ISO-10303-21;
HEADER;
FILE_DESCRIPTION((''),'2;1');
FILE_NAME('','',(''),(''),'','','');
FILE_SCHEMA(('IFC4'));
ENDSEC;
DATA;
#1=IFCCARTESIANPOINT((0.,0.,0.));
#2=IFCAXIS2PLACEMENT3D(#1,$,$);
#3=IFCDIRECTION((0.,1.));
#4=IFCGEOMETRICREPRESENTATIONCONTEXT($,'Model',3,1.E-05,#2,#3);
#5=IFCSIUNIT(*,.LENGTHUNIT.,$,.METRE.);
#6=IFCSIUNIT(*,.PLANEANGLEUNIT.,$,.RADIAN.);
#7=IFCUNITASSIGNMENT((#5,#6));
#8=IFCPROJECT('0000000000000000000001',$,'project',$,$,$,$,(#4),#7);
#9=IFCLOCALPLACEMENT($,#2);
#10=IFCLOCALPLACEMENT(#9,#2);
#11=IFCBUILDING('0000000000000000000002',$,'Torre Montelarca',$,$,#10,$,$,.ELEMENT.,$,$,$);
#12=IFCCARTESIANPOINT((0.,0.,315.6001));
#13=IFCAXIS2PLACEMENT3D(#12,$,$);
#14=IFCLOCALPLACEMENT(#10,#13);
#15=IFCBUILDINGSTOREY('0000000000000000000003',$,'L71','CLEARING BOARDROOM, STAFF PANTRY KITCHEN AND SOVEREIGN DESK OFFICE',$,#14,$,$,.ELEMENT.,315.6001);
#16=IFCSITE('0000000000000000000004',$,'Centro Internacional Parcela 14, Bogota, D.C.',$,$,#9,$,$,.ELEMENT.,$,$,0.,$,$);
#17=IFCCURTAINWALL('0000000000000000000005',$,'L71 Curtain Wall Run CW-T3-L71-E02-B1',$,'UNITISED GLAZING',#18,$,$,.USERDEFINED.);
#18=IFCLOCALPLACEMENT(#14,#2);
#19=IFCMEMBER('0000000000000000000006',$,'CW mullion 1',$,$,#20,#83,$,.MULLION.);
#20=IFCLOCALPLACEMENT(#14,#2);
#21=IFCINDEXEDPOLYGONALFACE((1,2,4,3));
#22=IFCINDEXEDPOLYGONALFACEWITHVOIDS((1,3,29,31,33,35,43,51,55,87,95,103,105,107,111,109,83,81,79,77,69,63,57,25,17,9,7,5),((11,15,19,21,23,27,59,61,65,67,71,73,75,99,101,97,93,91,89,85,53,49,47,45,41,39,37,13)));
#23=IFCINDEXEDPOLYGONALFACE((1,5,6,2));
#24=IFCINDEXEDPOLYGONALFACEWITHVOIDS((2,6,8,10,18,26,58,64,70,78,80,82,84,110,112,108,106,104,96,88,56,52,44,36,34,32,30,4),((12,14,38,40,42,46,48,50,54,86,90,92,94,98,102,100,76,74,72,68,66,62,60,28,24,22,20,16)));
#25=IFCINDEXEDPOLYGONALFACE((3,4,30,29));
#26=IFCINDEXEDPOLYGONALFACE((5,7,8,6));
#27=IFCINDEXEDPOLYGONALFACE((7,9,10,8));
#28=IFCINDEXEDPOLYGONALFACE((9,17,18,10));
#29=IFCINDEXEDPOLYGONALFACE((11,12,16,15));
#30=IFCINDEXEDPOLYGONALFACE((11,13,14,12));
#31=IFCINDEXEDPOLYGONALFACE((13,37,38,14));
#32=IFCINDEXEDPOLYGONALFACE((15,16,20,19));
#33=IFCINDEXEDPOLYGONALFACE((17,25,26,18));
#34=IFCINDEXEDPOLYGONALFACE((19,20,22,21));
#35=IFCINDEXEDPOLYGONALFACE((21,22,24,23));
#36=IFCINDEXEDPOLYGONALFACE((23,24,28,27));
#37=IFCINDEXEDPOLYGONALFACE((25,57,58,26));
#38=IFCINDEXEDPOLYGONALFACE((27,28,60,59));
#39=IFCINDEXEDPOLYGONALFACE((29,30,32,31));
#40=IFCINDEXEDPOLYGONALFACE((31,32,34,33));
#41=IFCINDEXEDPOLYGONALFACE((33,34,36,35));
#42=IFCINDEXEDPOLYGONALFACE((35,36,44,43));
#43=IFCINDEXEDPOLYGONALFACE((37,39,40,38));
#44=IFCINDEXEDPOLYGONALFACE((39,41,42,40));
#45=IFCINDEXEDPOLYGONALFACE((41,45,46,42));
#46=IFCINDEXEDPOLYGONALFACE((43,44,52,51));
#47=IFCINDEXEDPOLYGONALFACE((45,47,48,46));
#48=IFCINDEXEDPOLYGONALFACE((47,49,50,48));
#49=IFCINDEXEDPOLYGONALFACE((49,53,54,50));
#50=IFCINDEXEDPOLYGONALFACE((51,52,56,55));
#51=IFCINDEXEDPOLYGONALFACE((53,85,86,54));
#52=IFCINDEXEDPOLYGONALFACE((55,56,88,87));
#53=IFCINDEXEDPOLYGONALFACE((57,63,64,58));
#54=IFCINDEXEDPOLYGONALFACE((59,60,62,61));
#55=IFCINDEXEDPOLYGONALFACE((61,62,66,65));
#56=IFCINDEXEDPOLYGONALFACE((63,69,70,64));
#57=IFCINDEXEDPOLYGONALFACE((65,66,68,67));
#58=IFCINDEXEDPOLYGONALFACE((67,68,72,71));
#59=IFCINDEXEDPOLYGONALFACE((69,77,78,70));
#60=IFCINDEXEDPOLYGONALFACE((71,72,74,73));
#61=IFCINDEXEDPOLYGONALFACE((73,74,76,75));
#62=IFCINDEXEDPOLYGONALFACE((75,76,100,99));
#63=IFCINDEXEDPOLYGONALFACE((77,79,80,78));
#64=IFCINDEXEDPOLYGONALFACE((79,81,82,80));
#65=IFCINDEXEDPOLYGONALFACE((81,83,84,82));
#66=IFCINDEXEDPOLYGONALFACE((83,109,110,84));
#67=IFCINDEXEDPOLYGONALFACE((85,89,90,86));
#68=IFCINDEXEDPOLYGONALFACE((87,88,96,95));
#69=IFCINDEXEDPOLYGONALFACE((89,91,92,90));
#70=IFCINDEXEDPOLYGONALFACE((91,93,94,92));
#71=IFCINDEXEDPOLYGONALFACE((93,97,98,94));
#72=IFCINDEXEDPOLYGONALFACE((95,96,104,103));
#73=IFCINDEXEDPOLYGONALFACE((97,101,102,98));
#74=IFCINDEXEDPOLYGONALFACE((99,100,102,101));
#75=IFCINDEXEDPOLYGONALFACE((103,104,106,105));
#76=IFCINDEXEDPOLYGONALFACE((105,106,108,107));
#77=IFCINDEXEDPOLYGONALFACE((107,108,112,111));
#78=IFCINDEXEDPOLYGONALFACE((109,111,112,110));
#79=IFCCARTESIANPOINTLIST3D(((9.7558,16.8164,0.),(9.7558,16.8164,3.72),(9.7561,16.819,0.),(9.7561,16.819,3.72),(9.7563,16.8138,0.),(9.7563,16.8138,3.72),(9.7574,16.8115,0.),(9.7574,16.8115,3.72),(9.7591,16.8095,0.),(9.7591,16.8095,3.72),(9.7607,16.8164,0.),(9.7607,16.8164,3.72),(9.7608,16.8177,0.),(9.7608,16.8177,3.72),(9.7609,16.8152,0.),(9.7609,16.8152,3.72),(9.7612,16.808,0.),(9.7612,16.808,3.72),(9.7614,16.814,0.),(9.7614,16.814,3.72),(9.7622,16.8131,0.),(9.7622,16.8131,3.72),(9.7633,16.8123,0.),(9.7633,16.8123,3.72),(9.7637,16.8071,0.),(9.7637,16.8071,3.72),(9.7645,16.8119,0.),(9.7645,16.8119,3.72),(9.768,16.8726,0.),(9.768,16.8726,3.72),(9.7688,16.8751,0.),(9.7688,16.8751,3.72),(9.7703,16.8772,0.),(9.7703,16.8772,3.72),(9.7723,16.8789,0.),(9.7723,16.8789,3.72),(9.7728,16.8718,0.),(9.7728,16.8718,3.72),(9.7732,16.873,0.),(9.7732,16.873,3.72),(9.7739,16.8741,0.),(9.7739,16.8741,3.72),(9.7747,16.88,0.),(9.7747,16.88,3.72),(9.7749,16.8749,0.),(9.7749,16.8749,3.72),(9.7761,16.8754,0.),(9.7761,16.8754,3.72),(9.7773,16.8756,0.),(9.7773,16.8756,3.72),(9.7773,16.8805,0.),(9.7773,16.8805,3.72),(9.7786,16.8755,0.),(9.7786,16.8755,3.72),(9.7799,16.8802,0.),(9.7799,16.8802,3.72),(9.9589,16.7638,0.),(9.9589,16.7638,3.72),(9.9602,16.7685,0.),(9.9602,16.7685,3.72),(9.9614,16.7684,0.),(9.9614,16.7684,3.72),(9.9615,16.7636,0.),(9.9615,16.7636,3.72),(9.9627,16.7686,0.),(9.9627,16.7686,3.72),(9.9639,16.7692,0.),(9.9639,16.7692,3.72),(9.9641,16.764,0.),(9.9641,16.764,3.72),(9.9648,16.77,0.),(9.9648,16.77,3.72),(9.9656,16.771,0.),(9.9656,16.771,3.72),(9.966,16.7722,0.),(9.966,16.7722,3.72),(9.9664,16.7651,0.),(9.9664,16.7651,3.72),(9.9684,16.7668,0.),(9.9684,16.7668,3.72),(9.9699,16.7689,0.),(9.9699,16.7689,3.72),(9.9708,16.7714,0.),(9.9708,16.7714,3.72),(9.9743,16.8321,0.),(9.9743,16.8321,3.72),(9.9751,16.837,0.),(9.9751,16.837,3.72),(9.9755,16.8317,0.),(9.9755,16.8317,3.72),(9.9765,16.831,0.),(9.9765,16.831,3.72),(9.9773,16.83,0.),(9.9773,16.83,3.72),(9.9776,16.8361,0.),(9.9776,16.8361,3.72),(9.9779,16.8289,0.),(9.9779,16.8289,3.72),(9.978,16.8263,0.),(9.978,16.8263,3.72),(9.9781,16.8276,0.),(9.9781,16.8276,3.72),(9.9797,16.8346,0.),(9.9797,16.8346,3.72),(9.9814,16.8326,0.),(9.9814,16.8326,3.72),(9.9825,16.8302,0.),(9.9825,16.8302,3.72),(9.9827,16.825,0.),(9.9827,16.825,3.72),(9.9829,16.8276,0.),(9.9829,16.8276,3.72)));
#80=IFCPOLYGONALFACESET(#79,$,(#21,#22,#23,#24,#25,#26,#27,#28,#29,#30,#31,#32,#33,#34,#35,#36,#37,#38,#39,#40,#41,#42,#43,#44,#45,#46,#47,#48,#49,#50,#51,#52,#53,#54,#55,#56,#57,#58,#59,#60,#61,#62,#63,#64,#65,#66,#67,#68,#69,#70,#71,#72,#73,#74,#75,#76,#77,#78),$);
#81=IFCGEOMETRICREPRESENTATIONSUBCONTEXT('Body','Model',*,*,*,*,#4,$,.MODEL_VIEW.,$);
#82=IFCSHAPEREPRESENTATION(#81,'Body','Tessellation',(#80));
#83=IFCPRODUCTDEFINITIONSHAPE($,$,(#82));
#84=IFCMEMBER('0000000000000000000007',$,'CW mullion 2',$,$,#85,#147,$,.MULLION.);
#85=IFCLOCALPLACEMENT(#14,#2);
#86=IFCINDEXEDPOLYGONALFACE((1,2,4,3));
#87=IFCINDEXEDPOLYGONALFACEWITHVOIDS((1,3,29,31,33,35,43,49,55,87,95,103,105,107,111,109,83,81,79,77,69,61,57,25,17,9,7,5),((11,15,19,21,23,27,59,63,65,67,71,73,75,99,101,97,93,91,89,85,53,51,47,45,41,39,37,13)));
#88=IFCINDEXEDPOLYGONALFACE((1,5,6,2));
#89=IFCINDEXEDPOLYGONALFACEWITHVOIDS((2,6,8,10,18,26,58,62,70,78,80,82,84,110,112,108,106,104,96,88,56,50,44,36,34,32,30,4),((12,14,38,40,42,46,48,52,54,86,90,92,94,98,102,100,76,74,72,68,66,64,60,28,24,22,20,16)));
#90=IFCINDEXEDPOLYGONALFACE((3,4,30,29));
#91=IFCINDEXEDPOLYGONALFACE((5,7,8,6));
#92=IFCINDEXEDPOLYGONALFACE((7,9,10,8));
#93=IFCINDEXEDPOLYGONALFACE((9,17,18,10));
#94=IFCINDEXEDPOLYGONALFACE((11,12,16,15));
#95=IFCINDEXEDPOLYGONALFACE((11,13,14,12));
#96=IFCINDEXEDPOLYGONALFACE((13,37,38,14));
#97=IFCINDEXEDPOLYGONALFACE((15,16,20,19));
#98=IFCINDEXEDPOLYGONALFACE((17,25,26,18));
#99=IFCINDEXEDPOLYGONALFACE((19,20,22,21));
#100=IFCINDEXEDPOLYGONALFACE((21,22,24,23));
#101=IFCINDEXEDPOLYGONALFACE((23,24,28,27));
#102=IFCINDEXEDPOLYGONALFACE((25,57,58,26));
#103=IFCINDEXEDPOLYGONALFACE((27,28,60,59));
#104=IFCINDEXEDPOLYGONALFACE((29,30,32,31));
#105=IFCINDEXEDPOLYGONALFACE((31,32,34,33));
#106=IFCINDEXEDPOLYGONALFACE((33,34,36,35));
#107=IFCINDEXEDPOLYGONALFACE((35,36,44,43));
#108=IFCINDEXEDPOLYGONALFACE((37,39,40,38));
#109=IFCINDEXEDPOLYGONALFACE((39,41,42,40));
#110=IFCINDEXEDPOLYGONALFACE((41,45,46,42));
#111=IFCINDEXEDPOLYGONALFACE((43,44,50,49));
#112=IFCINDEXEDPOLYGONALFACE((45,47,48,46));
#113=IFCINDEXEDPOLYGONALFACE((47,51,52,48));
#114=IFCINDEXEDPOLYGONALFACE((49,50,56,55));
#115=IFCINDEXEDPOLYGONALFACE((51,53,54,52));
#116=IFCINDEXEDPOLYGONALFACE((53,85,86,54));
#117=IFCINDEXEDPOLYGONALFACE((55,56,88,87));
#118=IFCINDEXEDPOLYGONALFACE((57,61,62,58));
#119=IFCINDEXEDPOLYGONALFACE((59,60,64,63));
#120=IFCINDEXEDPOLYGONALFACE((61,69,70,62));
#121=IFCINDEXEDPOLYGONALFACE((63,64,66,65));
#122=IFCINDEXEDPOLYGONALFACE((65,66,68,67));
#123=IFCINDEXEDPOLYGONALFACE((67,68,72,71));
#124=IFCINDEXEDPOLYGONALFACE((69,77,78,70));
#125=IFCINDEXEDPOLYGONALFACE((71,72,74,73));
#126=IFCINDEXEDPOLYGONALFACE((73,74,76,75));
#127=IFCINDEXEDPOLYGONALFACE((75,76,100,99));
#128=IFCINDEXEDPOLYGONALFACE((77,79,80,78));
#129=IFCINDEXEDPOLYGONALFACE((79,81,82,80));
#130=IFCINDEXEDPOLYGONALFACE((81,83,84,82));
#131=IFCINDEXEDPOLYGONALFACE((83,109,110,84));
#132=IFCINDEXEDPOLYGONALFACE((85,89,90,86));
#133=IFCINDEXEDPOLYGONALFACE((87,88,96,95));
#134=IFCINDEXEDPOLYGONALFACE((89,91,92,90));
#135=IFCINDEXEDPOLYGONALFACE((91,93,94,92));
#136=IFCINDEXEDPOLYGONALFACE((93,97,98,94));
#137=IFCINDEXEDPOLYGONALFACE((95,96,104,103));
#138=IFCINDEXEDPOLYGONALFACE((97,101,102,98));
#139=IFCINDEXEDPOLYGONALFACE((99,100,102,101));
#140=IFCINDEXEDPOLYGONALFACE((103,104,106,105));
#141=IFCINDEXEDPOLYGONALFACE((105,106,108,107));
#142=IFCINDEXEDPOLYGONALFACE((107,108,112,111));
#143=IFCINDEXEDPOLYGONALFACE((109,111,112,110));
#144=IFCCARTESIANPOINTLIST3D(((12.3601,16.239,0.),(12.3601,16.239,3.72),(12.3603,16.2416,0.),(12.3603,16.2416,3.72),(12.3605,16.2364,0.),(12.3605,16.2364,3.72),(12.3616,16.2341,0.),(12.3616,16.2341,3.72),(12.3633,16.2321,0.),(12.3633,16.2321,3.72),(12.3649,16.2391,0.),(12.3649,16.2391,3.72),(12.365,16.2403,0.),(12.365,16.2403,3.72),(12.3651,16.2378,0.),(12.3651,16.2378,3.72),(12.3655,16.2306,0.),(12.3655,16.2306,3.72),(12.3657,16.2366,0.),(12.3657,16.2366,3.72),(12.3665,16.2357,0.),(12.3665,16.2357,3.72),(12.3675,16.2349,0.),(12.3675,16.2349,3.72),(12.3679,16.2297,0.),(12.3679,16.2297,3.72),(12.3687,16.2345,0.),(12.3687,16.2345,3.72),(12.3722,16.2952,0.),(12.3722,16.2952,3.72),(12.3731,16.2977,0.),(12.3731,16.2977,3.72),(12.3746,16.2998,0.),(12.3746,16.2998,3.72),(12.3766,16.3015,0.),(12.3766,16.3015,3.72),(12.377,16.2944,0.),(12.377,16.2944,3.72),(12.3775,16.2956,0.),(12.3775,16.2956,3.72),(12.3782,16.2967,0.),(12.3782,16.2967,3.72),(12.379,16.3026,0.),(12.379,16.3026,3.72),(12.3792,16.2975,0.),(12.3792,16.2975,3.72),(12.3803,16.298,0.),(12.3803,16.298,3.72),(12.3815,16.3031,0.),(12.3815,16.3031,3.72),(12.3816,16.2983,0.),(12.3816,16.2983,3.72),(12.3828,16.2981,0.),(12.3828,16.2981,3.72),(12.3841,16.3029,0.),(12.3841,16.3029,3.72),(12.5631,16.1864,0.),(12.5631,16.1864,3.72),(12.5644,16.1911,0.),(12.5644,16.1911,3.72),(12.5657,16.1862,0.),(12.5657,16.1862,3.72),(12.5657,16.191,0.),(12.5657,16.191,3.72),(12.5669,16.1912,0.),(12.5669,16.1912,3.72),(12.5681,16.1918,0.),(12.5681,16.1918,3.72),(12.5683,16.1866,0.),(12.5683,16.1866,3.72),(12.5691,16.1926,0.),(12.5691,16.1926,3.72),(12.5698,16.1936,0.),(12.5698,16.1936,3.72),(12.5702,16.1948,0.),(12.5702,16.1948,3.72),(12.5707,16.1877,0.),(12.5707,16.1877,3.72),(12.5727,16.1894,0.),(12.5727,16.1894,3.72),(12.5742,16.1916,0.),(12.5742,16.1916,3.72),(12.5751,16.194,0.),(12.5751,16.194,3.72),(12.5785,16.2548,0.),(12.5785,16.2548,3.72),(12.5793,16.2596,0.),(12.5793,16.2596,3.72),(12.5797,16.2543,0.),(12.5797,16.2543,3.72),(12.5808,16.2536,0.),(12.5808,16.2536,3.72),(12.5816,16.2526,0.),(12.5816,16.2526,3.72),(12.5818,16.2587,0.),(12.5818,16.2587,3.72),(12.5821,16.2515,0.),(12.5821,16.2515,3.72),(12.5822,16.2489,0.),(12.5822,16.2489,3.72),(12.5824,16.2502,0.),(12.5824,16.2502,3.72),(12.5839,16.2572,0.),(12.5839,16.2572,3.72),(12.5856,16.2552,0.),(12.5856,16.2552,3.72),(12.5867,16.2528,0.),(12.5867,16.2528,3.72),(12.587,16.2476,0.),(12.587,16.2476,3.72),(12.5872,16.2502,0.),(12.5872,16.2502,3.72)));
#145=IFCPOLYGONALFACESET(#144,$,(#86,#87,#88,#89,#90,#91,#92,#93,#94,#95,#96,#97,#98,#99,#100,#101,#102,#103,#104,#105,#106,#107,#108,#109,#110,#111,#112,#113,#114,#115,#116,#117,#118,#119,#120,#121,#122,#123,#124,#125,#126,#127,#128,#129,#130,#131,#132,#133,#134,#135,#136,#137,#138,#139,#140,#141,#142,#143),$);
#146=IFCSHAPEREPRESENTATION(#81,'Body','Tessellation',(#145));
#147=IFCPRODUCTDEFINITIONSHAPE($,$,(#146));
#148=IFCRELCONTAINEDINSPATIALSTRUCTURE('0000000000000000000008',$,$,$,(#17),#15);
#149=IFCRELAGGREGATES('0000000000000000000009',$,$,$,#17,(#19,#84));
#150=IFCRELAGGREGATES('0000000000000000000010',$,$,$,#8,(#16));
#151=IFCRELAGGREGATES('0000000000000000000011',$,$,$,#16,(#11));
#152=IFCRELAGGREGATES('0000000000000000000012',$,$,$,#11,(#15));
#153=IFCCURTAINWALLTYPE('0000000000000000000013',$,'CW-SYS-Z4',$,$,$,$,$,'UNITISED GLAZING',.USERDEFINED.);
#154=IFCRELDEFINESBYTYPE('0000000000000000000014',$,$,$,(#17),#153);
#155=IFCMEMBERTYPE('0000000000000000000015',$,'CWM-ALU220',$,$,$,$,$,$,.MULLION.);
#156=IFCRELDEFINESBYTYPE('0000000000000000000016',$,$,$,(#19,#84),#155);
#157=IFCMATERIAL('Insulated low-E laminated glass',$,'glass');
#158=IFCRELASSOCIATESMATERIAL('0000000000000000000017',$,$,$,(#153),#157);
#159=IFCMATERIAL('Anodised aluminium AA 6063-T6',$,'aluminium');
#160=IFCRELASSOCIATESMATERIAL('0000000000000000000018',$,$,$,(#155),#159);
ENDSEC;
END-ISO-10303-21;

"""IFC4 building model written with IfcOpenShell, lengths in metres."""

from ifc_helpers import new_model, si_unit, direction, frame, origin, origin_2d, place, context, subcontext, project, spatial, hollow_rectangle, extrude, source, transform, mapped, material, material_profile, profile_set, type_object, element, aggregate, save


model = new_model("IFC4")

# Units and contexts
model_context = context("Model", 3, precision=1e-05, world=origin(), true_north=direction((0.0, 1.0)))
body_context = subcontext(model_context, "Body", "Model", "MODEL_VIEW")
ifc_project = project(units=[si_unit("LENGTHUNIT", "METRE"), si_unit("PLANEANGLEUNIT", "RADIAN")], contexts=[model_context])

# Site, building, storey
site_placement = place(None, origin())
site = spatial("IfcSite", under=ifc_project, at=site_placement, Name="Centro Internacional Parcela 14, Bogota, D.C.", CompositionType="ELEMENT", RefElevation=0.0)
building_placement = place(site_placement, origin())
building = spatial("IfcBuilding", under=site, at=building_placement, Name="Torre Montelarca", CompositionType="ELEMENT")
storey_placement = place(building_placement, frame((0.0, 0.0, 315.6001)))
storey = spatial("IfcBuildingStorey", under=building, at=storey_placement, Name="L71", Description="CLEARING BOARDROOM, STAFF PANTRY KITCHEN AND SOVEREIGN DESK OFFICE", CompositionType="ELEMENT", Elevation=315.6001)

# Curtain wall, members
ifc_material_1 = material(Name="Insulated low-E laminated glass", Category="glass")
curtain_wall_type = type_object("IfcCurtainWallType", Name="CW-SYS-Z4", ElementType="UNITISED GLAZING", PredefinedType="USERDEFINED", material=ifc_material_1)
ifc_material_2 = material(Name="Anodised aluminium AA 6063-T6", Category="aluminium")
ifc_material_profile_1 = material_profile(ifc_material_2, hollow_rectangle(XDim=0.075, YDim=0.22, WallThickness=0.0049, InnerFilletRadius=0.0049, OuterFilletRadius=0.01, at=origin_2d()), Name="ALU75X220X5", Category="aluminium")
ifc_profile_set_1 = profile_set([ifc_material_profile_1], Name="Anodised aluminium AA 6063-T6")
member_type_1 = type_object("IfcMemberType", Name="CWM-ALU220", PredefinedType="MULLION", material=ifc_profile_set_1)
shared_shape_1 = source(origin(), body_context, "Body", "SweptSolid", [
    extrude(hollow_rectangle(XDim=0.075, YDim=0.22, WallThickness=0.0049, InnerFilletRadius=0.0049, OuterFilletRadius=0.01, at=origin_2d()), origin(), (0.0, 0.0, 1.0), 3.72),
])
curtain_wall_1_placement = place(storey_placement, origin())
curtain_wall_1 = element("IfcCurtainWall", 1, at=curtain_wall_1_placement, inside=storey, type_object=curtain_wall_type, Name="L71 Curtain Wall Run CW-T3-L71-E02-B1", ObjectType="UNITISED GLAZING", PredefinedType="USERDEFINED")
member_1_placement = place(storey_placement, frame((9.8694, 16.822, 0.0), z_axis=(0.0, 0.0, 1.0), x_axis=(0.216449, 0.976294, 0.0)))
member_1 = element("IfcMember", 2, at=member_1_placement, type_object=member_type_1, Name="CW mullion 1", PredefinedType="MULLION", context=body_context, shape_type="MappedRepresentation", body=[
    mapped(shared_shape_1, transform((0.0, 0.0, 0.0), scale=1.0)),
])
member_2_placement = place(storey_placement, frame((12.4736, 16.2446, 0.0), z_axis=(0.0, 0.0, 1.0), x_axis=(0.216449, 0.976294, 0.0)))
member_2 = element("IfcMember", 3, at=member_2_placement, type_object=member_type_1, Name="CW mullion 2", PredefinedType="MULLION", context=body_context, shape_type="MappedRepresentation", body=[
    mapped(shared_shape_1, transform((0.0, 0.0, 0.0), scale=1.0)),
])

aggregate(curtain_wall_1, [member_1, member_2])

save(model, "model.ifc")
